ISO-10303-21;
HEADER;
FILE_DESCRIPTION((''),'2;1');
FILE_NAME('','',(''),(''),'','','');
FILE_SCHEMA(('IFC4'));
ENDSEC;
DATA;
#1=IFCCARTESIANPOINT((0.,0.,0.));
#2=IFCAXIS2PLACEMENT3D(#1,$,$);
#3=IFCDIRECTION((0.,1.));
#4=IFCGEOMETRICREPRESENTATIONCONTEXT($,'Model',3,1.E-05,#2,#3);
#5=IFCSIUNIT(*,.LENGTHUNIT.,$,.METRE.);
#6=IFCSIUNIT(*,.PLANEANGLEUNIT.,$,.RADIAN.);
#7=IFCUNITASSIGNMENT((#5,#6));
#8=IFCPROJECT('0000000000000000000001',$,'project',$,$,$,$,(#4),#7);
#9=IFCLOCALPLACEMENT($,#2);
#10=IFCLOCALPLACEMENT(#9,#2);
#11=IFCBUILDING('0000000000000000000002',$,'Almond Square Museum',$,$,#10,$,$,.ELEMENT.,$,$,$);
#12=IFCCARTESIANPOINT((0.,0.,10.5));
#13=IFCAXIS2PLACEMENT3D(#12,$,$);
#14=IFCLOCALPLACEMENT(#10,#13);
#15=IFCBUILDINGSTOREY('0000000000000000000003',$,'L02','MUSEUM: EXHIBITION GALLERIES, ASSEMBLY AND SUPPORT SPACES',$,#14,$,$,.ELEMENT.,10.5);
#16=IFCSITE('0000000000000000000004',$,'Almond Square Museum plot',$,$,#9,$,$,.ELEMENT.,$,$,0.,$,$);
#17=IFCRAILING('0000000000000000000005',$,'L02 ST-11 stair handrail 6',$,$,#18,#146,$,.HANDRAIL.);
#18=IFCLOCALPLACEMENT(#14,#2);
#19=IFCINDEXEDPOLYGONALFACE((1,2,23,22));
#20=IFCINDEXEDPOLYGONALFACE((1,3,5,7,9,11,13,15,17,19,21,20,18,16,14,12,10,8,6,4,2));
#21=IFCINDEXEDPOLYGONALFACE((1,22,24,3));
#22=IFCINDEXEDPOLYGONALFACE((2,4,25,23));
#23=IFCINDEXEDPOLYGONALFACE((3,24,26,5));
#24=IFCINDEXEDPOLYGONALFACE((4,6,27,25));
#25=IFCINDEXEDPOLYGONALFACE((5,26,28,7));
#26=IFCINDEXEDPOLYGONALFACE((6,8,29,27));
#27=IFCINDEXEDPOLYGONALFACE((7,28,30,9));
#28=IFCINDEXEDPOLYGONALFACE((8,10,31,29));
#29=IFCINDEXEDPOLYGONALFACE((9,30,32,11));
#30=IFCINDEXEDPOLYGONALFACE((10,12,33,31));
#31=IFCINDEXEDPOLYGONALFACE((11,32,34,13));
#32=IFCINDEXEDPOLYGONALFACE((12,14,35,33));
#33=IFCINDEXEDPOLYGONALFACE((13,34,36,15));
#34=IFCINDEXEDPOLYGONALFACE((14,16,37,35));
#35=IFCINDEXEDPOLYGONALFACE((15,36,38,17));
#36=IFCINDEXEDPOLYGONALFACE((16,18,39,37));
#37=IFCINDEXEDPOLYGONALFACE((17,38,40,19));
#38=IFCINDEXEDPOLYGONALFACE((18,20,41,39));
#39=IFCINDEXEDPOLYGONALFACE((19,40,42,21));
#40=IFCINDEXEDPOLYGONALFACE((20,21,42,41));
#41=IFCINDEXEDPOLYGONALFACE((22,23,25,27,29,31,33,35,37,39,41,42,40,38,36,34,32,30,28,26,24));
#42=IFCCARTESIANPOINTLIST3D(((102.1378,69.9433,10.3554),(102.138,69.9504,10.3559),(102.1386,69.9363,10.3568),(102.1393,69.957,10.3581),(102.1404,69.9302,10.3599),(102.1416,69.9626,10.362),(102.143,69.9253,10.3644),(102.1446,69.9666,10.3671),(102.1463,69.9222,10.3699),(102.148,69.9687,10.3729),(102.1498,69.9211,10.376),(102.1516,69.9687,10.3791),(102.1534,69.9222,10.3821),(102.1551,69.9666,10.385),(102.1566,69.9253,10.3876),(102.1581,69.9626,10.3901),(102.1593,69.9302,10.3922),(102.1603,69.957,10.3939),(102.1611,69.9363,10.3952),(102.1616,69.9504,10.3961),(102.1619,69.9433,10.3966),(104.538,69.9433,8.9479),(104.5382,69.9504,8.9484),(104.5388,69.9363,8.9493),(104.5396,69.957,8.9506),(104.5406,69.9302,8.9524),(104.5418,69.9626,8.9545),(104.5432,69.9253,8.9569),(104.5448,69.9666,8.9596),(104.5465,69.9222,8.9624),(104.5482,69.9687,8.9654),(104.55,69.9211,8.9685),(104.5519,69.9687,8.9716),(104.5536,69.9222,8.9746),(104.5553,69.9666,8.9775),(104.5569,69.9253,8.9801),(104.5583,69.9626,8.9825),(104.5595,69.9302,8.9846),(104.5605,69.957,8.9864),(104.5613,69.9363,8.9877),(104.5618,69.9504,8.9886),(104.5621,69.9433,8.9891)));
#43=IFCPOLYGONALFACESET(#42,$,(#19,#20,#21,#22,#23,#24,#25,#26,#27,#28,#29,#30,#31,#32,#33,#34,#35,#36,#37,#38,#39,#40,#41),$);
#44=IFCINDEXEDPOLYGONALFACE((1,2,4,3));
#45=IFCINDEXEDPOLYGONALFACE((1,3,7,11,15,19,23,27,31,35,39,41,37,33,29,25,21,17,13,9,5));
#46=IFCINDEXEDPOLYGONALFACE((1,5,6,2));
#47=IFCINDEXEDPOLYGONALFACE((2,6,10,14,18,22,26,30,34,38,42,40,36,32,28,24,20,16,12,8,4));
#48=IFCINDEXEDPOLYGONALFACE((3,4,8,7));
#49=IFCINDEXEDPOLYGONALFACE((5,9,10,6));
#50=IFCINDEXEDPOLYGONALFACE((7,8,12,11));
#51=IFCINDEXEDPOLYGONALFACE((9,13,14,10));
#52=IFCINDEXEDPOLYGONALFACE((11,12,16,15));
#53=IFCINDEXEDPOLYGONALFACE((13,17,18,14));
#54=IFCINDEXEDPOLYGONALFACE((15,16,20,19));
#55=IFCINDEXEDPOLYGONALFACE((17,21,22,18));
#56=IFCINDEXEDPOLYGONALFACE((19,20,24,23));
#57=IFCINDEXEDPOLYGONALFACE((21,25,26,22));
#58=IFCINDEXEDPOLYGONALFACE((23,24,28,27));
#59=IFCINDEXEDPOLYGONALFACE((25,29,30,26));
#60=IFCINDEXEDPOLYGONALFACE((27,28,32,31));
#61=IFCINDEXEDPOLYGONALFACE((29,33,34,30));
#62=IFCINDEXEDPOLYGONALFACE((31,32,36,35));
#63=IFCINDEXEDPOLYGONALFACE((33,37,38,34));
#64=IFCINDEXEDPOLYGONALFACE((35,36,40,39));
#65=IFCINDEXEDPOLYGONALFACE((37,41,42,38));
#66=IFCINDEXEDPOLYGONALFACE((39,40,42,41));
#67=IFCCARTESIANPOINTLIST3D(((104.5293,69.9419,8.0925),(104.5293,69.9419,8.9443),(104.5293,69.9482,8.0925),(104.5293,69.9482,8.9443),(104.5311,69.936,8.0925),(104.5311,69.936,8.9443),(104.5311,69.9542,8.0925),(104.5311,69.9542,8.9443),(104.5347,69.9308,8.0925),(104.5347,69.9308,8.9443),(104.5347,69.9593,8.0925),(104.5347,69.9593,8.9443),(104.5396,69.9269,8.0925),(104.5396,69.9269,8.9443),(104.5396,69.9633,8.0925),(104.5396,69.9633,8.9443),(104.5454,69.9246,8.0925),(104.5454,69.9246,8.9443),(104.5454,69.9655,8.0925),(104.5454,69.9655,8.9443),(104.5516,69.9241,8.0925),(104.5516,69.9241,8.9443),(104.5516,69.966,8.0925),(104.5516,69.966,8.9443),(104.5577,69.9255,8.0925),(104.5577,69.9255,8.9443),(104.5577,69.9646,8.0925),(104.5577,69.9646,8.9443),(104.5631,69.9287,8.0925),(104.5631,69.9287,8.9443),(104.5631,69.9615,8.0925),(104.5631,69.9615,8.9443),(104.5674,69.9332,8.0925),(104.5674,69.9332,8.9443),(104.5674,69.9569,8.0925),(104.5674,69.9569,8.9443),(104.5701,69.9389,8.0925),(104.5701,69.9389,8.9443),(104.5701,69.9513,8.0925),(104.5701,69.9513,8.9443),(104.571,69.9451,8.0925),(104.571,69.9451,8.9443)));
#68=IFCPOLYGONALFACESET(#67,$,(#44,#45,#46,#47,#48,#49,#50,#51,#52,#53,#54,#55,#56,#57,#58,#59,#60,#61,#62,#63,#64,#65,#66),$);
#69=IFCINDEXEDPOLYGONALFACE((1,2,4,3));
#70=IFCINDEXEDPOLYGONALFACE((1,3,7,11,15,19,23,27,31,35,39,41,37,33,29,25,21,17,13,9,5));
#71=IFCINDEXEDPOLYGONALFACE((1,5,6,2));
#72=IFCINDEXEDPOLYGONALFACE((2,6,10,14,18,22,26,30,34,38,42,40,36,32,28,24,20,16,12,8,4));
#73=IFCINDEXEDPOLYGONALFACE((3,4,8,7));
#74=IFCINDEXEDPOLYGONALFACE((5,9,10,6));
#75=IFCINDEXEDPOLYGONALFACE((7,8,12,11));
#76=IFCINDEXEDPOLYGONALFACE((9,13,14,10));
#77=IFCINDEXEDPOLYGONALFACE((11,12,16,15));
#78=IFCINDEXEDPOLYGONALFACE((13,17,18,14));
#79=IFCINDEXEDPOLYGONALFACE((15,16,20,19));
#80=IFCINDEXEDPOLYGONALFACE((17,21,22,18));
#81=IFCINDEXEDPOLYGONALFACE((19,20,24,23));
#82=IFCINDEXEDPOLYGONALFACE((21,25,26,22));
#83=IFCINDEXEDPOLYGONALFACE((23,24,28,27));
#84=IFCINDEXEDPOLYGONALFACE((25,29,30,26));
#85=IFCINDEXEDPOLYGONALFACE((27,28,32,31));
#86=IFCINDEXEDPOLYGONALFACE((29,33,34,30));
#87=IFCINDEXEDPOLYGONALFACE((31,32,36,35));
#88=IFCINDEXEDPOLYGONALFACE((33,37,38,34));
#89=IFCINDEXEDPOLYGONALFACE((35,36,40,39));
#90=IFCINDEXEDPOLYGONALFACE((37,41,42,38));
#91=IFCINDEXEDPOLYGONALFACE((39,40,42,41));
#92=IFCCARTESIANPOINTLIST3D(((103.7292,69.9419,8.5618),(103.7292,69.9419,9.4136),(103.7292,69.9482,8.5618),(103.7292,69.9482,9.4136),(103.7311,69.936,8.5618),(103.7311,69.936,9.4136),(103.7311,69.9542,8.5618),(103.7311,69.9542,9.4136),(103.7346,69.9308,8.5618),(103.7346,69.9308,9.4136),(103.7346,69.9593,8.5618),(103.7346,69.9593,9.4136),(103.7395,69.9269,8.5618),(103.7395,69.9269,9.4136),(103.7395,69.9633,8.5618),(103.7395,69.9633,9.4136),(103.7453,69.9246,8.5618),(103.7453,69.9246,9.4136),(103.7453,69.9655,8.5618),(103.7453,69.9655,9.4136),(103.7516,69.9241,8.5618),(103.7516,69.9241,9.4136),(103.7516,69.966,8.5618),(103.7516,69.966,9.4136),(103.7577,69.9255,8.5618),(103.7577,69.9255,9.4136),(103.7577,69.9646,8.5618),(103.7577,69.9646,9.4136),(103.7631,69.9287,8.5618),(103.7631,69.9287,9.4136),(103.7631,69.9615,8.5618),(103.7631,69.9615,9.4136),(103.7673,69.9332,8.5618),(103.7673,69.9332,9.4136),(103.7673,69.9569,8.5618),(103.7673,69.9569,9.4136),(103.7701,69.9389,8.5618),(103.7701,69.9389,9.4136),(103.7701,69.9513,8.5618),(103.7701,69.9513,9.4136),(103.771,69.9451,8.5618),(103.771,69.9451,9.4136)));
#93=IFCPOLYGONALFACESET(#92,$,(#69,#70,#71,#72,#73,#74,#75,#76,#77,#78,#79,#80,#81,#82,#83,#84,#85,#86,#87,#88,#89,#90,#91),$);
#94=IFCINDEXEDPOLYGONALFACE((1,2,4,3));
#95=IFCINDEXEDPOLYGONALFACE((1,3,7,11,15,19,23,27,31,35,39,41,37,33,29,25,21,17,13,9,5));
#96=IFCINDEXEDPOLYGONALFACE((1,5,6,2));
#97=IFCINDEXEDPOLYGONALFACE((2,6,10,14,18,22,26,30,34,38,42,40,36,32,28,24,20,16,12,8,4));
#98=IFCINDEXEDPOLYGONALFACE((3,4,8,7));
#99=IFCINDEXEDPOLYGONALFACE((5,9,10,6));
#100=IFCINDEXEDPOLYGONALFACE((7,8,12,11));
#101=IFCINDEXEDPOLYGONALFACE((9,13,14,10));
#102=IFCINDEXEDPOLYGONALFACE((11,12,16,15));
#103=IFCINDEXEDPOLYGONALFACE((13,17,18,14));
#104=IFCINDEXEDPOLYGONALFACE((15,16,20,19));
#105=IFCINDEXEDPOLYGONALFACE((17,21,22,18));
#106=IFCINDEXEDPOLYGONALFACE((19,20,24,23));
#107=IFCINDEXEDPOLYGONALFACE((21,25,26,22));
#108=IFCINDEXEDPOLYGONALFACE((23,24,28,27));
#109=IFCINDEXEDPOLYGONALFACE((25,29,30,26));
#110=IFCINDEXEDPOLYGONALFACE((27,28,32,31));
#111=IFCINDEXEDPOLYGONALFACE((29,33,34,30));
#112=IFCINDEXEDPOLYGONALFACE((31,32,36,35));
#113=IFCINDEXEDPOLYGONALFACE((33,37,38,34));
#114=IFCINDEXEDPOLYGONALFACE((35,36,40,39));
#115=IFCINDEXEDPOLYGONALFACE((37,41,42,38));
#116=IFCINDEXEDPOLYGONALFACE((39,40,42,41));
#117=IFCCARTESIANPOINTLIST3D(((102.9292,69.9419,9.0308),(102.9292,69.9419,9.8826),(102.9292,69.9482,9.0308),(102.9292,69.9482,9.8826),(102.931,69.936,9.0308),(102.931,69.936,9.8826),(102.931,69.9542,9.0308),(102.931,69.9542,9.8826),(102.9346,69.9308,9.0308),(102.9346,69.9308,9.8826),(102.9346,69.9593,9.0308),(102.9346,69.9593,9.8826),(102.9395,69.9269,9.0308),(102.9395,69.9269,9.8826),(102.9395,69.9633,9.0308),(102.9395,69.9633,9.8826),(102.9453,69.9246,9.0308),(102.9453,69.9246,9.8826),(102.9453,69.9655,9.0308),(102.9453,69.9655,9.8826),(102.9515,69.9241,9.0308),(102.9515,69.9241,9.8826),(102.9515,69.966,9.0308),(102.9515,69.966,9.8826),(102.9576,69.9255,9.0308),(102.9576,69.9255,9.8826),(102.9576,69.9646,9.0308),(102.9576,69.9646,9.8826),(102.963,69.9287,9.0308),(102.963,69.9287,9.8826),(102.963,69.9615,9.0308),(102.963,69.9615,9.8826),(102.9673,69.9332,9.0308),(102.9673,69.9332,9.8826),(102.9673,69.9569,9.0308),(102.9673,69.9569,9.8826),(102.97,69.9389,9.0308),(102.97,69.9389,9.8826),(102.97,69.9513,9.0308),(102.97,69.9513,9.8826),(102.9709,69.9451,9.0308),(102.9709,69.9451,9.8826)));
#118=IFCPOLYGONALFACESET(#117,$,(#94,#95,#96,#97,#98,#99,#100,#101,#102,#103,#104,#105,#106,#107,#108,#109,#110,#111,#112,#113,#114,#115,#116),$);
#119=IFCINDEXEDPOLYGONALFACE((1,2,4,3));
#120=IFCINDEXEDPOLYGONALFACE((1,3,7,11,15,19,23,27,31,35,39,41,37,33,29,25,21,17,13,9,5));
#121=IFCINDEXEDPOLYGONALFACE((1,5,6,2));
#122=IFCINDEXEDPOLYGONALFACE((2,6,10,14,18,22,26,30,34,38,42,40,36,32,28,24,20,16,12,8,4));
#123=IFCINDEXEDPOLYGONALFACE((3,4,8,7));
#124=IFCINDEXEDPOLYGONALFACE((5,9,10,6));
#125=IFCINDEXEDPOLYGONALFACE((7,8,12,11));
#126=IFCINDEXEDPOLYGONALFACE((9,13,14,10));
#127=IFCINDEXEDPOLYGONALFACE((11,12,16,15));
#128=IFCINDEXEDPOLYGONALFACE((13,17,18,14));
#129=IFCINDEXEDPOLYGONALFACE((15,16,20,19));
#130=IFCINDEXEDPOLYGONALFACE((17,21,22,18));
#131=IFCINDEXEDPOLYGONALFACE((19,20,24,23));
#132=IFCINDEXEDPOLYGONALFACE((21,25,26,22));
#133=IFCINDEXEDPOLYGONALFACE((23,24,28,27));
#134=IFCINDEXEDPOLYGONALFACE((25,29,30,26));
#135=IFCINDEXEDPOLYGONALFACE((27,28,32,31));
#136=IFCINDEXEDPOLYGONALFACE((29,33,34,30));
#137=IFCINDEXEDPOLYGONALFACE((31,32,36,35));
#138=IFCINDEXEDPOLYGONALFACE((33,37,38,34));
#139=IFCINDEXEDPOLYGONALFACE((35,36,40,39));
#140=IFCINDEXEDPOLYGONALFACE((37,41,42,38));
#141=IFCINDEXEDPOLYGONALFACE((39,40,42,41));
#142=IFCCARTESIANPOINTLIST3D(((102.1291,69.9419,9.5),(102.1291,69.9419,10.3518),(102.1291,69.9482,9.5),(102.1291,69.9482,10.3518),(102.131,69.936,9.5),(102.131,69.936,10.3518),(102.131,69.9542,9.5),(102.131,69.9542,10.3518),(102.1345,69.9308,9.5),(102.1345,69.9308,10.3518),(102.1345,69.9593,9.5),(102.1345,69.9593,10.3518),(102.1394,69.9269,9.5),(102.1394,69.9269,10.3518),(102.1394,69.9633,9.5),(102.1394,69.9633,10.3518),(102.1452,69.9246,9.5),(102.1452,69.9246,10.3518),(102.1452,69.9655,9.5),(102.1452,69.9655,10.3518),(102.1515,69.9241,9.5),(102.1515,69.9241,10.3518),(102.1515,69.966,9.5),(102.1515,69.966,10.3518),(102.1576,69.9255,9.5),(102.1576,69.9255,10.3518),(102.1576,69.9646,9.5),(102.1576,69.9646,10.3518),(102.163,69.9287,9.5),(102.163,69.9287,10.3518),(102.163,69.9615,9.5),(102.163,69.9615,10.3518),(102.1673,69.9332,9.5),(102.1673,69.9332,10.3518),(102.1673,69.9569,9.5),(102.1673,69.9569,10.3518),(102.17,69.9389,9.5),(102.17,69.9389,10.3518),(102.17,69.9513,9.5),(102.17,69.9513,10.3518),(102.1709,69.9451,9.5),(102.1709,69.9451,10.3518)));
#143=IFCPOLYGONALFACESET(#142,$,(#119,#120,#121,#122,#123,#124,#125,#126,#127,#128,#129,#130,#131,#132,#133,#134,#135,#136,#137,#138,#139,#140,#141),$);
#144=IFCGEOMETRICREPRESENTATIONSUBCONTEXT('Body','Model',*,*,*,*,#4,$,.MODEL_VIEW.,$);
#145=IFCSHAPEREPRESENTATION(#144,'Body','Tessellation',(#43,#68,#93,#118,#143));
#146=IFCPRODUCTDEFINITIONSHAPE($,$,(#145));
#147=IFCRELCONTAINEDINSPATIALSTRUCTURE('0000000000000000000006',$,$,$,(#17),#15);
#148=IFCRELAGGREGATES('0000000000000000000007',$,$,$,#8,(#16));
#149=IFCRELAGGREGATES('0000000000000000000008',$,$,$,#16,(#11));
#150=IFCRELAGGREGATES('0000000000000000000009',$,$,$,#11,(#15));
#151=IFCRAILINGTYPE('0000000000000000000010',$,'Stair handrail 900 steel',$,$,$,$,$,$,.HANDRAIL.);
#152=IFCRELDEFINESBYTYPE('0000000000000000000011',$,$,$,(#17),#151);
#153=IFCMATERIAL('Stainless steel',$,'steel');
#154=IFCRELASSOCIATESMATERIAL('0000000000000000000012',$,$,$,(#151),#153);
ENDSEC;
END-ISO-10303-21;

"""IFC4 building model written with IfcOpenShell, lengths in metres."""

from ifc_helpers import new_model, si_unit, direction, frame, origin, origin_2d, place, context, subcontext, project, spatial, circle, extrude, material, type_object, element, save


model = new_model("IFC4")

# Units and contexts
model_context = context("Model", 3, precision=1e-05, world=origin(), true_north=direction((0.0, 1.0)))
body_context = subcontext(model_context, "Body", "Model", "MODEL_VIEW")
ifc_project = project(units=[si_unit("LENGTHUNIT", "METRE"), si_unit("PLANEANGLEUNIT", "RADIAN")], contexts=[model_context])

# Site, building, storey
site_placement = place(None, origin())
site = spatial("IfcSite", under=ifc_project, at=site_placement, Name="Almond Square Museum plot", CompositionType="ELEMENT", RefElevation=0.0)
building_placement = place(site_placement, origin())
building = spatial("IfcBuilding", under=site, at=building_placement, Name="Almond Square Museum", CompositionType="ELEMENT")
storey_placement = place(building_placement, frame((0.0, 0.0, 10.5)))
storey = spatial("IfcBuildingStorey", under=building, at=storey_placement, Name="L02", Description="MUSEUM: EXHIBITION GALLERIES, ASSEMBLY AND SUPPORT SPACES", CompositionType="ELEMENT", Elevation=10.5)

# Railing
ifc_material_1 = material(Name="Stainless steel", Category="steel")
railing_type_1 = type_object("IfcRailingType", Name="Stair handrail 900 steel", PredefinedType="HANDRAIL", material=ifc_material_1)
railing_1_placement = place(storey_placement, frame((104.55, 69.9451, 8.0925)))
element("IfcRailing", 1, at=railing_1_placement, inside=storey, type_object=railing_type_1, Name="L02 ST-11 stair handrail 6", PredefinedType="HANDRAIL", context=body_context, shape_type="SweptSolid", body=[
    extrude(circle(Radius=0.0239, at=origin_2d()), frame((0.0, 0.0, 0.876), z_axis=(-0.862621, 0.0, 0.50585), x_axis=(0.0, -1.0, 0.0)), (0.0, 0.0, 1.0), 2.7825),
    extrude(circle(Radius=0.021, at=origin_2d()), origin(), (0.0, 0.0, 1.0), 0.8518),
    extrude(circle(Radius=0.021, at=origin_2d()), frame((-0.8, 0.0, 0.4692)), (0.0, 0.0, 1.0), 0.8518),
    extrude(circle(Radius=0.021, at=origin_2d()), frame((-1.6001, 0.0, 0.9382)), (0.0, 0.0, 1.0), 0.8518),
    extrude(circle(Radius=0.021, at=origin_2d()), frame((-2.4001, 0.0, 1.4075)), (0.0, 0.0, 1.0), 0.8518),
])

save(model, "model.ifc")
